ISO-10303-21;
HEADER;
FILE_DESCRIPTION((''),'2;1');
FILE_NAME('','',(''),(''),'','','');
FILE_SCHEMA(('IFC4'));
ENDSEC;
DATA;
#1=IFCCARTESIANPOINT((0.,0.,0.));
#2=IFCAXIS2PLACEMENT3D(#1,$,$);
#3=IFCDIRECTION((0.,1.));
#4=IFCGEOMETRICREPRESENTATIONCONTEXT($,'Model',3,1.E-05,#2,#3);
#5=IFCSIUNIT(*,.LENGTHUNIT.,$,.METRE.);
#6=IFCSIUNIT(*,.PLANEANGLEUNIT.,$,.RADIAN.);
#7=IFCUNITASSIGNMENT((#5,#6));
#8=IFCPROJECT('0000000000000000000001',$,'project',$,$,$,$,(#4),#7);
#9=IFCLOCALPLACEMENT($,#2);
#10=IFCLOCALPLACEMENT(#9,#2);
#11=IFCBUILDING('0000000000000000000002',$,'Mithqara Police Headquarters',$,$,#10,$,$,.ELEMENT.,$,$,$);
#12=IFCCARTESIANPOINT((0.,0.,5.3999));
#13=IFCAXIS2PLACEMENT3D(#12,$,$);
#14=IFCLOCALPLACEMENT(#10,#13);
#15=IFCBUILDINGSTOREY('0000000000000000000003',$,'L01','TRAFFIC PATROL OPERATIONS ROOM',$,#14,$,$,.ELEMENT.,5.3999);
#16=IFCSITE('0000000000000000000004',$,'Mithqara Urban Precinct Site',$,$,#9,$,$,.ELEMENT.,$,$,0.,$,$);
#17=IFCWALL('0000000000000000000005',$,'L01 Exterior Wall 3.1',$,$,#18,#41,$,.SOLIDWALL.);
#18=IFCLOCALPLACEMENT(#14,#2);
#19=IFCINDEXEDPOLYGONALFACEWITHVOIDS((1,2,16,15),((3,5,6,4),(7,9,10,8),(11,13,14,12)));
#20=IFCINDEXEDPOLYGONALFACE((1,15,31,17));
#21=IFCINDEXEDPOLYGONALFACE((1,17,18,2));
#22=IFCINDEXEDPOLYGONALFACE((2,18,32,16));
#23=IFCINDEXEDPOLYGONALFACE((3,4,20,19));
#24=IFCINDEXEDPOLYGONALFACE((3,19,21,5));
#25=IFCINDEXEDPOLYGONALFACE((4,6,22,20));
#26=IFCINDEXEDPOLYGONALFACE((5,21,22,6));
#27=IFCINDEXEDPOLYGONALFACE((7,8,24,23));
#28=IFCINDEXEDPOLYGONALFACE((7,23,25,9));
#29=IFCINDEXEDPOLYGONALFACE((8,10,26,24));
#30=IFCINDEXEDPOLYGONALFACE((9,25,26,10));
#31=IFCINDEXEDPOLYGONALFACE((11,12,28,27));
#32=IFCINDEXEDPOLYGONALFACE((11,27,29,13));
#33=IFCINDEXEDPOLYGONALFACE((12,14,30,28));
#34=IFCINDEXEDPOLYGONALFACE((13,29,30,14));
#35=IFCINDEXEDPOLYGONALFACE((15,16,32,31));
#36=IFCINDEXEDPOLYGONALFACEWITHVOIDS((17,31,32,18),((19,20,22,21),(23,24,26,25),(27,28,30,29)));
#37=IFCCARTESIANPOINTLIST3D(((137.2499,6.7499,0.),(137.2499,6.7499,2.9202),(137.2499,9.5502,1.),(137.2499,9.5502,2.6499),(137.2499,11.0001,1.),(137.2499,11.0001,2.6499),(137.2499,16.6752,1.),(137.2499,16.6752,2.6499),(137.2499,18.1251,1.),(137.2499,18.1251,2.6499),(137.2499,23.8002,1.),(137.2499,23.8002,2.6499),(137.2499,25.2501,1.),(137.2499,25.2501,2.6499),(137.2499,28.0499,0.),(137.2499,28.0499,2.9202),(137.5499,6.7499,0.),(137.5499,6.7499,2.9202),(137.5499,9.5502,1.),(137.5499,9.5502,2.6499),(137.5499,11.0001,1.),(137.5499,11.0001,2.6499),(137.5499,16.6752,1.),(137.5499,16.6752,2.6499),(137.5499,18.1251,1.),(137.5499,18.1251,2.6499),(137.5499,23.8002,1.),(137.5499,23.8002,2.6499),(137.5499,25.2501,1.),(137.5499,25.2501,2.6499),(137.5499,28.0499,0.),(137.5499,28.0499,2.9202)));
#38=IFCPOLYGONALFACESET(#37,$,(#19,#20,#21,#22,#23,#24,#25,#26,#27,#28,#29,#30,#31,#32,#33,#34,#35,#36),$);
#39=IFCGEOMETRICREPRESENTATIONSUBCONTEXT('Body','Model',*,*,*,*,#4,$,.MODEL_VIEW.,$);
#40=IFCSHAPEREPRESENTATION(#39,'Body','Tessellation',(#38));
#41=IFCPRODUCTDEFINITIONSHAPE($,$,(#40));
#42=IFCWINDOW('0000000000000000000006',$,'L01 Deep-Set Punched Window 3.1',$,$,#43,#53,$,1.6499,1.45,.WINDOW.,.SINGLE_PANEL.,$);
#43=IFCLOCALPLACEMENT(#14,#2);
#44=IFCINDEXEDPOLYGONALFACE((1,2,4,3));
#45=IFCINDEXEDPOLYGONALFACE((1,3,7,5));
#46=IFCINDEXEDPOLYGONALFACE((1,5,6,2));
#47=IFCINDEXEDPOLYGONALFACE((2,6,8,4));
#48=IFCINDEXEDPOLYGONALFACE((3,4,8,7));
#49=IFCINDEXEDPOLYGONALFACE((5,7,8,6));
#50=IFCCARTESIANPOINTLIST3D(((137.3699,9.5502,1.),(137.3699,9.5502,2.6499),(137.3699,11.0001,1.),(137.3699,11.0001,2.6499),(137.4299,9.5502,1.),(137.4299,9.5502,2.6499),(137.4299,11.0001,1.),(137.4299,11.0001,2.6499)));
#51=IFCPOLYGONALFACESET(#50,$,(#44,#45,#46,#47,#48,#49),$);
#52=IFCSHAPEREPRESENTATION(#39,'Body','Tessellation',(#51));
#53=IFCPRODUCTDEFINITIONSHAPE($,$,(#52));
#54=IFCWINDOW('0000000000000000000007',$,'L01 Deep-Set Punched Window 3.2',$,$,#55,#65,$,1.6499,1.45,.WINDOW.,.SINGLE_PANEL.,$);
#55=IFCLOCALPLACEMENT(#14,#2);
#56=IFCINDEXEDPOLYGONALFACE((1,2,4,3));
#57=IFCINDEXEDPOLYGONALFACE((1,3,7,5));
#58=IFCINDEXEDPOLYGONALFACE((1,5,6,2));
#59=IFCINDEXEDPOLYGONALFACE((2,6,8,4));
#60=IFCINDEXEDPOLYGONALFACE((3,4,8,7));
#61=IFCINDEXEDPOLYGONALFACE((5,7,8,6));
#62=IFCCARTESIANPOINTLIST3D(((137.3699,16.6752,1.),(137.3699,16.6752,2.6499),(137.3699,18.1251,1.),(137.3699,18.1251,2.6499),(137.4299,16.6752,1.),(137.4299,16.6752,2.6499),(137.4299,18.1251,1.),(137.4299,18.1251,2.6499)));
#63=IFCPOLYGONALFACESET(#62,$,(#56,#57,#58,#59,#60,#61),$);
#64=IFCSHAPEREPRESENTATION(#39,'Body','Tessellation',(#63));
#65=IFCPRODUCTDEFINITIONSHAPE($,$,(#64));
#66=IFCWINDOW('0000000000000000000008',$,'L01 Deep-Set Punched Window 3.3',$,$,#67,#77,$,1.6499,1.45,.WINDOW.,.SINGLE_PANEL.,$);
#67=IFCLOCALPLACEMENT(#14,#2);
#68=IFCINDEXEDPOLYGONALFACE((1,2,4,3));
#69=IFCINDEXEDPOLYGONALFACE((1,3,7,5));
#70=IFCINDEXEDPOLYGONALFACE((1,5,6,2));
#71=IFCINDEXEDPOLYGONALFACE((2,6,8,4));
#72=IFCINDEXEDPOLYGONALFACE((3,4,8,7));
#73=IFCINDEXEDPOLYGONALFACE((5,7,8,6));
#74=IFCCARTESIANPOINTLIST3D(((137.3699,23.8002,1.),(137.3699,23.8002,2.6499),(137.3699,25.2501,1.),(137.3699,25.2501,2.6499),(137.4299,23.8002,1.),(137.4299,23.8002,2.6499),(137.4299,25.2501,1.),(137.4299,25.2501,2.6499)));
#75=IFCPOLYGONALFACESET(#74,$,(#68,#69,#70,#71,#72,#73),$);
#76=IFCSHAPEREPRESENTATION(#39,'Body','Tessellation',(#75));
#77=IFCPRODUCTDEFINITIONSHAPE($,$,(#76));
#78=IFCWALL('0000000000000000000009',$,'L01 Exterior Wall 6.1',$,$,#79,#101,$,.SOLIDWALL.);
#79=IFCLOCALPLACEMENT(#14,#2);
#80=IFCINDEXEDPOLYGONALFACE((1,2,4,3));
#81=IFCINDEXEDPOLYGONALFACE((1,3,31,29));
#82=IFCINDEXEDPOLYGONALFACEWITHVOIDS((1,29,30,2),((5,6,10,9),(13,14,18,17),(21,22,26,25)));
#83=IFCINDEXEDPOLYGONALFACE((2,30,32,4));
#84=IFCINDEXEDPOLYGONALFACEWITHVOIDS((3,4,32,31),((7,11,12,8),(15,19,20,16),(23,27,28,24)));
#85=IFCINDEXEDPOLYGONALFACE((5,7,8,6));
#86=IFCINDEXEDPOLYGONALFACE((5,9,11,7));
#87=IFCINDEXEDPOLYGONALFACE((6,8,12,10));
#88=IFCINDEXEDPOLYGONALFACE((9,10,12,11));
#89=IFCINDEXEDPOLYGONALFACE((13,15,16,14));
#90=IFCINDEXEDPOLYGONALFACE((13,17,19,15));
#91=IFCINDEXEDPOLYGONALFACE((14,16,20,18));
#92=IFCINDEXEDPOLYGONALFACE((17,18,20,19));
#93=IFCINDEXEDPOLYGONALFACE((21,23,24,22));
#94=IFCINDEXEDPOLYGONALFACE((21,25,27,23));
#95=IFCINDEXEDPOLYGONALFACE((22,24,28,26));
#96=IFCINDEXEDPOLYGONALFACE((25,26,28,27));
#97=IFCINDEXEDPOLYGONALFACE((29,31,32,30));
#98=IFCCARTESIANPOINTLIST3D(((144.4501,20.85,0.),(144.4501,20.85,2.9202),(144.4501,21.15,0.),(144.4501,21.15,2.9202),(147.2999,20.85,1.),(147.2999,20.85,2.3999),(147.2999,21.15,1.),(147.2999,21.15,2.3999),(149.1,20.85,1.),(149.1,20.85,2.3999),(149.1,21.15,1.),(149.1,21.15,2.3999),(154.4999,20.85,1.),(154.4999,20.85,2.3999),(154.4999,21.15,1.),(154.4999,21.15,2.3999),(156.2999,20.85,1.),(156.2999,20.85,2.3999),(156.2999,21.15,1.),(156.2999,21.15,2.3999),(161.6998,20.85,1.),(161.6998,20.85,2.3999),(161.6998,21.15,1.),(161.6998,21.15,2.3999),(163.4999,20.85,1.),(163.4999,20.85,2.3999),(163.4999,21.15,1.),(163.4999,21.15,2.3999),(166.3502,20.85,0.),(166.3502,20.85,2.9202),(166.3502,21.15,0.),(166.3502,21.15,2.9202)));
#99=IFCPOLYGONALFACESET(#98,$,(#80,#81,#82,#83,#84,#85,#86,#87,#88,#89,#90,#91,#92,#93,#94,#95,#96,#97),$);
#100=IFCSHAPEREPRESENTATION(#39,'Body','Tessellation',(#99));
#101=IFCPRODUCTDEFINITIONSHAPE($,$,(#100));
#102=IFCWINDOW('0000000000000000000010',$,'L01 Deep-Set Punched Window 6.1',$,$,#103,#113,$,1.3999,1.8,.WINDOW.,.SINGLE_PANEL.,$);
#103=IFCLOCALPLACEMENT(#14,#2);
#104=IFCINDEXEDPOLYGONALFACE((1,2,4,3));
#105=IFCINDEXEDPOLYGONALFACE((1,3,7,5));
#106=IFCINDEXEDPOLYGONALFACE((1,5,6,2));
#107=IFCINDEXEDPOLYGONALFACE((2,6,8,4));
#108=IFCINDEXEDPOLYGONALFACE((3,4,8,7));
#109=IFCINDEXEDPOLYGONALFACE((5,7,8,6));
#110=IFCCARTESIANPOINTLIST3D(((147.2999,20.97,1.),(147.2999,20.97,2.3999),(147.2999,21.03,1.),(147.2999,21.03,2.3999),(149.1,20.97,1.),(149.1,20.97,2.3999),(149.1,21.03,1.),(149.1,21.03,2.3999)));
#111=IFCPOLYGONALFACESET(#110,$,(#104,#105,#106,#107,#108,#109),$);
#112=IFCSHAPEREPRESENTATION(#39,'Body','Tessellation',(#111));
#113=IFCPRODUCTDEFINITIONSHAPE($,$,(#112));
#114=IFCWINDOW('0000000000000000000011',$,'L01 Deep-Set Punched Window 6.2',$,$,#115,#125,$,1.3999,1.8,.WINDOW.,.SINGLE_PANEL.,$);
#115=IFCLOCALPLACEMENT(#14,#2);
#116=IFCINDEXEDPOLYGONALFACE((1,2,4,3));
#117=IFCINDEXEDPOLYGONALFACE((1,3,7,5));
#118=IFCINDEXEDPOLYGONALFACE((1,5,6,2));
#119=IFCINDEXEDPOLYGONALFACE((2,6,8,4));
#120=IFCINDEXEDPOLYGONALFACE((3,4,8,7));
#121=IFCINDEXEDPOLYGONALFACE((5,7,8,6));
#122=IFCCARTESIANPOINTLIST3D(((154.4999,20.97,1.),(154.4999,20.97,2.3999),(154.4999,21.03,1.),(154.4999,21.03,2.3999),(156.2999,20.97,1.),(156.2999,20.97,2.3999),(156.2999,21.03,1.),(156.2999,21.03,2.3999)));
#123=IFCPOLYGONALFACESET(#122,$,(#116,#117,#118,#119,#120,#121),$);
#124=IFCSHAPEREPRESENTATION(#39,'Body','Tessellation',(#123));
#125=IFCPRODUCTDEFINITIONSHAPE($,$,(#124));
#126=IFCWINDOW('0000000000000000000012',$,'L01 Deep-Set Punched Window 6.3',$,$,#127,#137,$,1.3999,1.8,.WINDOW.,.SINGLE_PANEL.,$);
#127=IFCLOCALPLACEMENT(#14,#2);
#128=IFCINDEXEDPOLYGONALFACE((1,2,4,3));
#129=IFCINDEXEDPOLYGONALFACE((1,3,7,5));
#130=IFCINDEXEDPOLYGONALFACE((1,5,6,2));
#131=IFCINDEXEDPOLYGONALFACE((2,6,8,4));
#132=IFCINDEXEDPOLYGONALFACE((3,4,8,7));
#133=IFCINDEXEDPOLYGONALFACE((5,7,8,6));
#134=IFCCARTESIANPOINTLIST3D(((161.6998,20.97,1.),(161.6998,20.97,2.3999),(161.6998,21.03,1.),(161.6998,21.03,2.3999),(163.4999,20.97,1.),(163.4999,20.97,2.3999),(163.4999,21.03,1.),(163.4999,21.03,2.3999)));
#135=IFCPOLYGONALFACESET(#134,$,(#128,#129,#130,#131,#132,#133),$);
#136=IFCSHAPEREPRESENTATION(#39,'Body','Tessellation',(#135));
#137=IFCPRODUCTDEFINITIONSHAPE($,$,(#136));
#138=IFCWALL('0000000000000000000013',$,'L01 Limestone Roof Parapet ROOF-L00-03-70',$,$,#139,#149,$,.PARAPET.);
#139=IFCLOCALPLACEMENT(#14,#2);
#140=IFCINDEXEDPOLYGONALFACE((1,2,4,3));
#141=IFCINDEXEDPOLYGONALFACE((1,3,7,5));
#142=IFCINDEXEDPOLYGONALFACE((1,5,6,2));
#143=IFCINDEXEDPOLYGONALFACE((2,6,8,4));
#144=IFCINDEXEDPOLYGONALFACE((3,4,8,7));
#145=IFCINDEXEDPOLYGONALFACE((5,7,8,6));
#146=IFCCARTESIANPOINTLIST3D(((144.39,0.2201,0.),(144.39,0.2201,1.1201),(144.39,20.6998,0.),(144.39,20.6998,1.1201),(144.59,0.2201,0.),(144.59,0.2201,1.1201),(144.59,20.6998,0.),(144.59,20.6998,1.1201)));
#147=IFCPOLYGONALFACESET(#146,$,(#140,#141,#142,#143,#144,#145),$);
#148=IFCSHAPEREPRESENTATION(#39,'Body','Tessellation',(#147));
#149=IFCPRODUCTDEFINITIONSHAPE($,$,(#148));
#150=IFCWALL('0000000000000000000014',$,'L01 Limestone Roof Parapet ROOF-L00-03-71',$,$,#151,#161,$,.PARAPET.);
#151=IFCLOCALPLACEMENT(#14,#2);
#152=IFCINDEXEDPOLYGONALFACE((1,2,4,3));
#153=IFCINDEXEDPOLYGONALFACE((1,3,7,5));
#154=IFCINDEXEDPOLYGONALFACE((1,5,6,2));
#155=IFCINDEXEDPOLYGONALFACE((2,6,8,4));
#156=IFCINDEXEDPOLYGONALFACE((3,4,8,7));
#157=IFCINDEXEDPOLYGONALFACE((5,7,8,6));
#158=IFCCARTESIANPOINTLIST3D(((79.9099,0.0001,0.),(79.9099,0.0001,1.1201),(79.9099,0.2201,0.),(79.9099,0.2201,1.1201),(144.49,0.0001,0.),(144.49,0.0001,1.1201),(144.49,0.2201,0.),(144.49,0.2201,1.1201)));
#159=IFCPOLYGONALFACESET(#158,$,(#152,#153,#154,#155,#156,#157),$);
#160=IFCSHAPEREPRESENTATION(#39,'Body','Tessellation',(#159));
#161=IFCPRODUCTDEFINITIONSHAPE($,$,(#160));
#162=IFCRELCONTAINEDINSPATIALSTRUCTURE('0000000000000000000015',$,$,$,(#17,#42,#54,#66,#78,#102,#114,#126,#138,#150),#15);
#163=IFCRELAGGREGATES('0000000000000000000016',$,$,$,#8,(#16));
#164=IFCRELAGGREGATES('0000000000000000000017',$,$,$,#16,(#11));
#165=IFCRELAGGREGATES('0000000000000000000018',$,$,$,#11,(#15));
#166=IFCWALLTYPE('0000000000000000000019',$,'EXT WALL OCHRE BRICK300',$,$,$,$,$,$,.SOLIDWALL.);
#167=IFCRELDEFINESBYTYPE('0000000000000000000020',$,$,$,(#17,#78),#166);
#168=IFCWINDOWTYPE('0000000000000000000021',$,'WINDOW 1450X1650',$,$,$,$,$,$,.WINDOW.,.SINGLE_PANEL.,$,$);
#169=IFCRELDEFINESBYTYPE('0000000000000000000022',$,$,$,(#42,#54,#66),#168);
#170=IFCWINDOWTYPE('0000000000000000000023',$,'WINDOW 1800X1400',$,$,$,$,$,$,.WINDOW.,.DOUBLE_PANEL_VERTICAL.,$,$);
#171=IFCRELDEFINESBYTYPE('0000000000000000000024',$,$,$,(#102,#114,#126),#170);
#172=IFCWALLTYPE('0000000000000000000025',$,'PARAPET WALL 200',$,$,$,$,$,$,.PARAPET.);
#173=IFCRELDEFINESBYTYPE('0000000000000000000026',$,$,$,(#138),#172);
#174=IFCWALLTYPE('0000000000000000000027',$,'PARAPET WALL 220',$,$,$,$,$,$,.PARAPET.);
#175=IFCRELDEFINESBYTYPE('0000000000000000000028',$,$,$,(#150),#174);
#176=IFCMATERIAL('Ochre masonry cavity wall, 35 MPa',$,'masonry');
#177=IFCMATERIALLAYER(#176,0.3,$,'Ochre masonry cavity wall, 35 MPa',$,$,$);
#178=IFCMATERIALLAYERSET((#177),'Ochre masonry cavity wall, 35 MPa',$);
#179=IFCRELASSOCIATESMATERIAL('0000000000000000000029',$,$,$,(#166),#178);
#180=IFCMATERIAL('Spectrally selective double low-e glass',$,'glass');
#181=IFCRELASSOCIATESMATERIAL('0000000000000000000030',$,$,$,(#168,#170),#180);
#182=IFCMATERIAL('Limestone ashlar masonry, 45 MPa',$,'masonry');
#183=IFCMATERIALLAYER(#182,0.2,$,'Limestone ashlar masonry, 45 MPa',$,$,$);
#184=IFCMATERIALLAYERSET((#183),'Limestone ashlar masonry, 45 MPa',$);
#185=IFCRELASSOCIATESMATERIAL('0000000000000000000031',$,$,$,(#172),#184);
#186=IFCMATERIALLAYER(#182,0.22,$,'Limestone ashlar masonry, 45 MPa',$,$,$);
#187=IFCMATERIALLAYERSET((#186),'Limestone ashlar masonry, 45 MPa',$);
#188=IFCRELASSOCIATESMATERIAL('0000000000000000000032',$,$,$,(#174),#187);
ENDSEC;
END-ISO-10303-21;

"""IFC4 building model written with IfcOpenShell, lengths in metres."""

from ifc_helpers import new_model, si_unit, direction, frame, frame_2d, origin, place, context, subcontext, project, spatial, rectangle, extrude, material, layer, layer_set, type_object, element, fill, save


model = new_model("IFC4")

# Units and contexts
model_context = context("Model", 3, precision=1e-05, world=origin(), true_north=direction((0.0, 1.0)))
body_context = subcontext(model_context, "Body", "Model", "MODEL_VIEW")
ifc_project = project(units=[si_unit("LENGTHUNIT", "METRE"), si_unit("PLANEANGLEUNIT", "RADIAN")], contexts=[model_context])

# Site, building, storey
site_placement = place(None, origin())
site = spatial("IfcSite", under=ifc_project, at=site_placement, Name="Mithqara Urban Precinct Site", CompositionType="ELEMENT", RefElevation=0.0)
building_placement = place(site_placement, origin())
building = spatial("IfcBuilding", under=site, at=building_placement, Name="Mithqara Police Headquarters", CompositionType="ELEMENT")
storey_placement = place(building_placement, frame((0.0, 0.0, 5.3999)))
storey = spatial("IfcBuildingStorey", under=building, at=storey_placement, Name="L01", Description="TRAFFIC PATROL OPERATIONS ROOM", CompositionType="ELEMENT", Elevation=5.3999)

# Walls, openings, windows
ifc_material_1 = material(Name="Ochre masonry cavity wall, 35 MPa", Category="masonry")
ifc_layer_1 = layer(ifc_material_1, 0.3, Name="Ochre masonry cavity wall, 35 MPa")
ifc_layer_set_1 = layer_set([ifc_layer_1], Name="Ochre masonry cavity wall, 35 MPa")
wall_type_1 = type_object("IfcWallType", Name="EXT WALL OCHRE BRICK300", PredefinedType="SOLIDWALL", material=ifc_layer_set_1)
wall_1_placement = place(storey_placement, frame((137.3999, 6.75, 0.0), z_axis=(0.0, 0.0, 1.0), x_axis=(0.0, 1.0, 0.0)))
wall_1 = element("IfcWall", 1, at=wall_1_placement, inside=storey, type_object=wall_type_1, Name="L01 Exterior Wall 3.1", PredefinedType="SOLIDWALL", context=body_context, shape_type="SweptSolid", body=[
    extrude(rectangle(XDim=21.3, YDim=0.3, at=frame_2d((10.6499, 0.0))), origin(), (0.0, 0.0, 1.0), 2.9202),
])
opening_1_placement = place(wall_1_placement, frame((2.8, 0.0, 1.0)))
opening_1 = element("IfcOpeningElement", 2, at=opening_1_placement, cuts=wall_1, PredefinedType="OPENING", context=body_context, shape_type="SweptSolid", body=[
    extrude(rectangle(XDim=1.45, YDim=1.6499, at=frame_2d((0.7251, 0.825))), frame((0.0, 0.1602, 0.0), z_axis=(0.0, -1.0, 0.0), x_axis=(1.0, 0.0, 0.0)), (0.0, 0.0, 1.0), 0.3201),
])
opening_2_placement = place(wall_1_placement, frame((9.925, 0.0, 1.0)))
opening_2 = element("IfcOpeningElement", 3, at=opening_2_placement, cuts=wall_1, PredefinedType="OPENING", context=body_context, shape_type="SweptSolid", body=[
    extrude(rectangle(XDim=1.45, YDim=1.6499, at=frame_2d((0.7251, 0.825))), frame((0.0, 0.1602, 0.0), z_axis=(0.0, -1.0, 0.0), x_axis=(1.0, 0.0, 0.0)), (0.0, 0.0, 1.0), 0.3201),
])
opening_3_placement = place(wall_1_placement, frame((17.05, 0.0, 1.0)))
opening_3 = element("IfcOpeningElement", 4, at=opening_3_placement, cuts=wall_1, PredefinedType="OPENING", context=body_context, shape_type="SweptSolid", body=[
    extrude(rectangle(XDim=1.45, YDim=1.6499, at=frame_2d((0.7251, 0.825))), frame((0.0, 0.1602, 0.0), z_axis=(0.0, -1.0, 0.0), x_axis=(1.0, 0.0, 0.0)), (0.0, 0.0, 1.0), 0.3201),
])
ifc_material_2 = material(Name="Spectrally selective double low-e glass", Category="glass")
window_type_1 = type_object("IfcWindowType", Name="WINDOW 1450X1650", PartitioningType="SINGLE_PANEL", PredefinedType="WINDOW", material=ifc_material_2)
window_1_placement = place(opening_1_placement, origin())
window_1 = element("IfcWindow", 5, at=window_1_placement, inside=storey, type_object=window_type_1, Name="L01 Deep-Set Punched Window 3.1", OverallHeight=1.6499, OverallWidth=1.45, PartitioningType="SINGLE_PANEL", PredefinedType="WINDOW", context=body_context, shape_type="SweptSolid", body=[
    extrude(rectangle(XDim=1.45, YDim=1.6499, at=frame_2d((0.7251, 0.825))), frame((0.0, 0.03, 0.0), z_axis=(0.0, -1.0, 0.0), x_axis=(1.0, 0.0, 0.0)), (0.0, 0.0, 1.0), 0.0601),
])
fill(opening_1, window_1)
window_2_placement = place(opening_2_placement, origin())
window_2 = element("IfcWindow", 6, at=window_2_placement, inside=storey, type_object=window_type_1, Name="L01 Deep-Set Punched Window 3.2", OverallHeight=1.6499, OverallWidth=1.45, PartitioningType="SINGLE_PANEL", PredefinedType="WINDOW", context=body_context, shape_type="SweptSolid", body=[
    extrude(rectangle(XDim=1.45, YDim=1.6499, at=frame_2d((0.7251, 0.825))), frame((0.0, 0.03, 0.0), z_axis=(0.0, -1.0, 0.0), x_axis=(1.0, 0.0, 0.0)), (0.0, 0.0, 1.0), 0.0601),
])
fill(opening_2, window_2)
window_3_placement = place(opening_3_placement, origin())
window_3 = element("IfcWindow", 7, at=window_3_placement, inside=storey, type_object=window_type_1, Name="L01 Deep-Set Punched Window 3.3", OverallHeight=1.6499, OverallWidth=1.45, PartitioningType="SINGLE_PANEL", PredefinedType="WINDOW", context=body_context, shape_type="SweptSolid", body=[
    extrude(rectangle(XDim=1.45, YDim=1.6499, at=frame_2d((0.7251, 0.825))), frame((0.0, 0.03, 0.0), z_axis=(0.0, -1.0, 0.0), x_axis=(1.0, 0.0, 0.0)), (0.0, 0.0, 1.0), 0.0601),
])
fill(opening_3, window_3)
wall_2_placement = place(storey_placement, frame((144.45, 21.0, 0.0), z_axis=(0.0, 0.0, 1.0), x_axis=(1.0, 0.0, 0.0)))
wall_2 = element("IfcWall", 8, at=wall_2_placement, inside=storey, type_object=wall_type_1, Name="L01 Exterior Wall 6.1", PredefinedType="SOLIDWALL", context=body_context, shape_type="SweptSolid", body=[
    extrude(rectangle(XDim=21.9001, YDim=0.3, at=frame_2d((10.9502, 0.0))), origin(), (0.0, 0.0, 1.0), 2.9202),
])
opening_4_placement = place(wall_2_placement, frame((2.8501, 0.0, 1.0)))
opening_4 = element("IfcOpeningElement", 9, at=opening_4_placement, cuts=wall_2, PredefinedType="OPENING", context=body_context, shape_type="SweptSolid", body=[
    extrude(rectangle(XDim=1.8, YDim=1.3999, at=frame_2d((0.8999, 0.7))), frame((0.0, 0.1602, 0.0), z_axis=(0.0, -1.0, 0.0), x_axis=(1.0, 0.0, 0.0)), (0.0, 0.0, 1.0), 0.3201),
])
opening_5_placement = place(wall_2_placement, frame((10.05, 0.0, 1.0)))
opening_5 = element("IfcOpeningElement", 10, at=opening_5_placement, cuts=wall_2, PredefinedType="OPENING", context=body_context, shape_type="SweptSolid", body=[
    extrude(rectangle(XDim=1.8, YDim=1.3999, at=frame_2d((0.8999, 0.7))), frame((0.0, 0.1602, 0.0), z_axis=(0.0, -1.0, 0.0), x_axis=(1.0, 0.0, 0.0)), (0.0, 0.0, 1.0), 0.3201),
])
opening_6_placement = place(wall_2_placement, frame((17.25, 0.0, 1.0)))
opening_6 = element("IfcOpeningElement", 11, at=opening_6_placement, cuts=wall_2, PredefinedType="OPENING", context=body_context, shape_type="SweptSolid", body=[
    extrude(rectangle(XDim=1.8, YDim=1.3999, at=frame_2d((0.8999, 0.7))), frame((0.0, 0.1602, 0.0), z_axis=(0.0, -1.0, 0.0), x_axis=(1.0, 0.0, 0.0)), (0.0, 0.0, 1.0), 0.3201),
])
window_type_2 = type_object("IfcWindowType", Name="WINDOW 1800X1400", PartitioningType="DOUBLE_PANEL_VERTICAL", PredefinedType="WINDOW", material=ifc_material_2)
window_4_placement = place(opening_4_placement, origin())
window_4 = element("IfcWindow", 12, at=window_4_placement, inside=storey, type_object=window_type_2, Name="L01 Deep-Set Punched Window 6.1", OverallHeight=1.3999, OverallWidth=1.8, PartitioningType="SINGLE_PANEL", PredefinedType="WINDOW", context=body_context, shape_type="SweptSolid", body=[
    extrude(rectangle(XDim=1.8, YDim=1.3999, at=frame_2d((0.8999, 0.7))), frame((0.0, 0.03, 0.0), z_axis=(0.0, -1.0, 0.0), x_axis=(1.0, 0.0, 0.0)), (0.0, 0.0, 1.0), 0.0601),
])
fill(opening_4, window_4)
window_5_placement = place(opening_5_placement, origin())
window_5 = element("IfcWindow", 13, at=window_5_placement, inside=storey, type_object=window_type_2, Name="L01 Deep-Set Punched Window 6.2", OverallHeight=1.3999, OverallWidth=1.8, PartitioningType="SINGLE_PANEL", PredefinedType="WINDOW", context=body_context, shape_type="SweptSolid", body=[
    extrude(rectangle(XDim=1.8, YDim=1.3999, at=frame_2d((0.8999, 0.7))), frame((0.0, 0.03, 0.0), z_axis=(0.0, -1.0, 0.0), x_axis=(1.0, 0.0, 0.0)), (0.0, 0.0, 1.0), 0.0601),
])
fill(opening_5, window_5)
window_6_placement = place(opening_6_placement, origin())
window_6 = element("IfcWindow", 14, at=window_6_placement, inside=storey, type_object=window_type_2, Name="L01 Deep-Set Punched Window 6.3", OverallHeight=1.3999, OverallWidth=1.8, PartitioningType="SINGLE_PANEL", PredefinedType="WINDOW", context=body_context, shape_type="SweptSolid", body=[
    extrude(rectangle(XDim=1.8, YDim=1.3999, at=frame_2d((0.8999, 0.7))), frame((0.0, 0.03, 0.0), z_axis=(0.0, -1.0, 0.0), x_axis=(1.0, 0.0, 0.0)), (0.0, 0.0, 1.0), 0.0601),
])
fill(opening_6, window_6)

# Walls
ifc_material_3 = material(Name="Limestone ashlar masonry, 45 MPa", Category="masonry")
ifc_layer_2 = layer(ifc_material_3, 0.2, Name="Limestone ashlar masonry, 45 MPa")
ifc_layer_set_2 = layer_set([ifc_layer_2], Name="Limestone ashlar masonry, 45 MPa")
wall_type_2 = type_object("IfcWallType", Name="PARAPET WALL 200", PredefinedType="PARAPET", material=ifc_layer_set_2)
wall_3_placement = place(storey_placement, frame((144.49, 20.6997, 0.0), z_axis=(0.0, 0.0, 1.0), x_axis=(0.0, -1.0, 0.0)))
element("IfcWall", 15, at=wall_3_placement, inside=storey, type_object=wall_type_2, Name="L01 Limestone Roof Parapet ROOF-L00-03-70", PredefinedType="PARAPET", context=body_context, shape_type="SweptSolid", body=[
    extrude(rectangle(XDim=20.4797, YDim=0.2, at=frame_2d((10.2397, 0.0))), origin(), (0.0, 0.0, 1.0), 1.1201),
])
ifc_layer_3 = layer(ifc_material_3, 0.22, Name="Limestone ashlar masonry, 45 MPa")
ifc_layer_set_3 = layer_set([ifc_layer_3], Name="Limestone ashlar masonry, 45 MPa")
wall_type_3 = type_object("IfcWallType", Name="PARAPET WALL 220", PredefinedType="PARAPET", material=ifc_layer_set_3)
wall_4_placement = place(storey_placement, frame((144.49, 0.1101, 0.0), z_axis=(0.0, 0.0, 1.0), x_axis=(-1.0, 0.0, 0.0)))
element("IfcWall", 16, at=wall_4_placement, inside=storey, type_object=wall_type_3, Name="L01 Limestone Roof Parapet ROOF-L00-03-71", PredefinedType="PARAPET", context=body_context, shape_type="SweptSolid", body=[
    extrude(rectangle(XDim=64.5801, YDim=0.22, at=frame_2d((32.29, 0.0))), origin(), (0.0, 0.0, 1.0), 1.1201),
])

save(model, "model.ifc")
